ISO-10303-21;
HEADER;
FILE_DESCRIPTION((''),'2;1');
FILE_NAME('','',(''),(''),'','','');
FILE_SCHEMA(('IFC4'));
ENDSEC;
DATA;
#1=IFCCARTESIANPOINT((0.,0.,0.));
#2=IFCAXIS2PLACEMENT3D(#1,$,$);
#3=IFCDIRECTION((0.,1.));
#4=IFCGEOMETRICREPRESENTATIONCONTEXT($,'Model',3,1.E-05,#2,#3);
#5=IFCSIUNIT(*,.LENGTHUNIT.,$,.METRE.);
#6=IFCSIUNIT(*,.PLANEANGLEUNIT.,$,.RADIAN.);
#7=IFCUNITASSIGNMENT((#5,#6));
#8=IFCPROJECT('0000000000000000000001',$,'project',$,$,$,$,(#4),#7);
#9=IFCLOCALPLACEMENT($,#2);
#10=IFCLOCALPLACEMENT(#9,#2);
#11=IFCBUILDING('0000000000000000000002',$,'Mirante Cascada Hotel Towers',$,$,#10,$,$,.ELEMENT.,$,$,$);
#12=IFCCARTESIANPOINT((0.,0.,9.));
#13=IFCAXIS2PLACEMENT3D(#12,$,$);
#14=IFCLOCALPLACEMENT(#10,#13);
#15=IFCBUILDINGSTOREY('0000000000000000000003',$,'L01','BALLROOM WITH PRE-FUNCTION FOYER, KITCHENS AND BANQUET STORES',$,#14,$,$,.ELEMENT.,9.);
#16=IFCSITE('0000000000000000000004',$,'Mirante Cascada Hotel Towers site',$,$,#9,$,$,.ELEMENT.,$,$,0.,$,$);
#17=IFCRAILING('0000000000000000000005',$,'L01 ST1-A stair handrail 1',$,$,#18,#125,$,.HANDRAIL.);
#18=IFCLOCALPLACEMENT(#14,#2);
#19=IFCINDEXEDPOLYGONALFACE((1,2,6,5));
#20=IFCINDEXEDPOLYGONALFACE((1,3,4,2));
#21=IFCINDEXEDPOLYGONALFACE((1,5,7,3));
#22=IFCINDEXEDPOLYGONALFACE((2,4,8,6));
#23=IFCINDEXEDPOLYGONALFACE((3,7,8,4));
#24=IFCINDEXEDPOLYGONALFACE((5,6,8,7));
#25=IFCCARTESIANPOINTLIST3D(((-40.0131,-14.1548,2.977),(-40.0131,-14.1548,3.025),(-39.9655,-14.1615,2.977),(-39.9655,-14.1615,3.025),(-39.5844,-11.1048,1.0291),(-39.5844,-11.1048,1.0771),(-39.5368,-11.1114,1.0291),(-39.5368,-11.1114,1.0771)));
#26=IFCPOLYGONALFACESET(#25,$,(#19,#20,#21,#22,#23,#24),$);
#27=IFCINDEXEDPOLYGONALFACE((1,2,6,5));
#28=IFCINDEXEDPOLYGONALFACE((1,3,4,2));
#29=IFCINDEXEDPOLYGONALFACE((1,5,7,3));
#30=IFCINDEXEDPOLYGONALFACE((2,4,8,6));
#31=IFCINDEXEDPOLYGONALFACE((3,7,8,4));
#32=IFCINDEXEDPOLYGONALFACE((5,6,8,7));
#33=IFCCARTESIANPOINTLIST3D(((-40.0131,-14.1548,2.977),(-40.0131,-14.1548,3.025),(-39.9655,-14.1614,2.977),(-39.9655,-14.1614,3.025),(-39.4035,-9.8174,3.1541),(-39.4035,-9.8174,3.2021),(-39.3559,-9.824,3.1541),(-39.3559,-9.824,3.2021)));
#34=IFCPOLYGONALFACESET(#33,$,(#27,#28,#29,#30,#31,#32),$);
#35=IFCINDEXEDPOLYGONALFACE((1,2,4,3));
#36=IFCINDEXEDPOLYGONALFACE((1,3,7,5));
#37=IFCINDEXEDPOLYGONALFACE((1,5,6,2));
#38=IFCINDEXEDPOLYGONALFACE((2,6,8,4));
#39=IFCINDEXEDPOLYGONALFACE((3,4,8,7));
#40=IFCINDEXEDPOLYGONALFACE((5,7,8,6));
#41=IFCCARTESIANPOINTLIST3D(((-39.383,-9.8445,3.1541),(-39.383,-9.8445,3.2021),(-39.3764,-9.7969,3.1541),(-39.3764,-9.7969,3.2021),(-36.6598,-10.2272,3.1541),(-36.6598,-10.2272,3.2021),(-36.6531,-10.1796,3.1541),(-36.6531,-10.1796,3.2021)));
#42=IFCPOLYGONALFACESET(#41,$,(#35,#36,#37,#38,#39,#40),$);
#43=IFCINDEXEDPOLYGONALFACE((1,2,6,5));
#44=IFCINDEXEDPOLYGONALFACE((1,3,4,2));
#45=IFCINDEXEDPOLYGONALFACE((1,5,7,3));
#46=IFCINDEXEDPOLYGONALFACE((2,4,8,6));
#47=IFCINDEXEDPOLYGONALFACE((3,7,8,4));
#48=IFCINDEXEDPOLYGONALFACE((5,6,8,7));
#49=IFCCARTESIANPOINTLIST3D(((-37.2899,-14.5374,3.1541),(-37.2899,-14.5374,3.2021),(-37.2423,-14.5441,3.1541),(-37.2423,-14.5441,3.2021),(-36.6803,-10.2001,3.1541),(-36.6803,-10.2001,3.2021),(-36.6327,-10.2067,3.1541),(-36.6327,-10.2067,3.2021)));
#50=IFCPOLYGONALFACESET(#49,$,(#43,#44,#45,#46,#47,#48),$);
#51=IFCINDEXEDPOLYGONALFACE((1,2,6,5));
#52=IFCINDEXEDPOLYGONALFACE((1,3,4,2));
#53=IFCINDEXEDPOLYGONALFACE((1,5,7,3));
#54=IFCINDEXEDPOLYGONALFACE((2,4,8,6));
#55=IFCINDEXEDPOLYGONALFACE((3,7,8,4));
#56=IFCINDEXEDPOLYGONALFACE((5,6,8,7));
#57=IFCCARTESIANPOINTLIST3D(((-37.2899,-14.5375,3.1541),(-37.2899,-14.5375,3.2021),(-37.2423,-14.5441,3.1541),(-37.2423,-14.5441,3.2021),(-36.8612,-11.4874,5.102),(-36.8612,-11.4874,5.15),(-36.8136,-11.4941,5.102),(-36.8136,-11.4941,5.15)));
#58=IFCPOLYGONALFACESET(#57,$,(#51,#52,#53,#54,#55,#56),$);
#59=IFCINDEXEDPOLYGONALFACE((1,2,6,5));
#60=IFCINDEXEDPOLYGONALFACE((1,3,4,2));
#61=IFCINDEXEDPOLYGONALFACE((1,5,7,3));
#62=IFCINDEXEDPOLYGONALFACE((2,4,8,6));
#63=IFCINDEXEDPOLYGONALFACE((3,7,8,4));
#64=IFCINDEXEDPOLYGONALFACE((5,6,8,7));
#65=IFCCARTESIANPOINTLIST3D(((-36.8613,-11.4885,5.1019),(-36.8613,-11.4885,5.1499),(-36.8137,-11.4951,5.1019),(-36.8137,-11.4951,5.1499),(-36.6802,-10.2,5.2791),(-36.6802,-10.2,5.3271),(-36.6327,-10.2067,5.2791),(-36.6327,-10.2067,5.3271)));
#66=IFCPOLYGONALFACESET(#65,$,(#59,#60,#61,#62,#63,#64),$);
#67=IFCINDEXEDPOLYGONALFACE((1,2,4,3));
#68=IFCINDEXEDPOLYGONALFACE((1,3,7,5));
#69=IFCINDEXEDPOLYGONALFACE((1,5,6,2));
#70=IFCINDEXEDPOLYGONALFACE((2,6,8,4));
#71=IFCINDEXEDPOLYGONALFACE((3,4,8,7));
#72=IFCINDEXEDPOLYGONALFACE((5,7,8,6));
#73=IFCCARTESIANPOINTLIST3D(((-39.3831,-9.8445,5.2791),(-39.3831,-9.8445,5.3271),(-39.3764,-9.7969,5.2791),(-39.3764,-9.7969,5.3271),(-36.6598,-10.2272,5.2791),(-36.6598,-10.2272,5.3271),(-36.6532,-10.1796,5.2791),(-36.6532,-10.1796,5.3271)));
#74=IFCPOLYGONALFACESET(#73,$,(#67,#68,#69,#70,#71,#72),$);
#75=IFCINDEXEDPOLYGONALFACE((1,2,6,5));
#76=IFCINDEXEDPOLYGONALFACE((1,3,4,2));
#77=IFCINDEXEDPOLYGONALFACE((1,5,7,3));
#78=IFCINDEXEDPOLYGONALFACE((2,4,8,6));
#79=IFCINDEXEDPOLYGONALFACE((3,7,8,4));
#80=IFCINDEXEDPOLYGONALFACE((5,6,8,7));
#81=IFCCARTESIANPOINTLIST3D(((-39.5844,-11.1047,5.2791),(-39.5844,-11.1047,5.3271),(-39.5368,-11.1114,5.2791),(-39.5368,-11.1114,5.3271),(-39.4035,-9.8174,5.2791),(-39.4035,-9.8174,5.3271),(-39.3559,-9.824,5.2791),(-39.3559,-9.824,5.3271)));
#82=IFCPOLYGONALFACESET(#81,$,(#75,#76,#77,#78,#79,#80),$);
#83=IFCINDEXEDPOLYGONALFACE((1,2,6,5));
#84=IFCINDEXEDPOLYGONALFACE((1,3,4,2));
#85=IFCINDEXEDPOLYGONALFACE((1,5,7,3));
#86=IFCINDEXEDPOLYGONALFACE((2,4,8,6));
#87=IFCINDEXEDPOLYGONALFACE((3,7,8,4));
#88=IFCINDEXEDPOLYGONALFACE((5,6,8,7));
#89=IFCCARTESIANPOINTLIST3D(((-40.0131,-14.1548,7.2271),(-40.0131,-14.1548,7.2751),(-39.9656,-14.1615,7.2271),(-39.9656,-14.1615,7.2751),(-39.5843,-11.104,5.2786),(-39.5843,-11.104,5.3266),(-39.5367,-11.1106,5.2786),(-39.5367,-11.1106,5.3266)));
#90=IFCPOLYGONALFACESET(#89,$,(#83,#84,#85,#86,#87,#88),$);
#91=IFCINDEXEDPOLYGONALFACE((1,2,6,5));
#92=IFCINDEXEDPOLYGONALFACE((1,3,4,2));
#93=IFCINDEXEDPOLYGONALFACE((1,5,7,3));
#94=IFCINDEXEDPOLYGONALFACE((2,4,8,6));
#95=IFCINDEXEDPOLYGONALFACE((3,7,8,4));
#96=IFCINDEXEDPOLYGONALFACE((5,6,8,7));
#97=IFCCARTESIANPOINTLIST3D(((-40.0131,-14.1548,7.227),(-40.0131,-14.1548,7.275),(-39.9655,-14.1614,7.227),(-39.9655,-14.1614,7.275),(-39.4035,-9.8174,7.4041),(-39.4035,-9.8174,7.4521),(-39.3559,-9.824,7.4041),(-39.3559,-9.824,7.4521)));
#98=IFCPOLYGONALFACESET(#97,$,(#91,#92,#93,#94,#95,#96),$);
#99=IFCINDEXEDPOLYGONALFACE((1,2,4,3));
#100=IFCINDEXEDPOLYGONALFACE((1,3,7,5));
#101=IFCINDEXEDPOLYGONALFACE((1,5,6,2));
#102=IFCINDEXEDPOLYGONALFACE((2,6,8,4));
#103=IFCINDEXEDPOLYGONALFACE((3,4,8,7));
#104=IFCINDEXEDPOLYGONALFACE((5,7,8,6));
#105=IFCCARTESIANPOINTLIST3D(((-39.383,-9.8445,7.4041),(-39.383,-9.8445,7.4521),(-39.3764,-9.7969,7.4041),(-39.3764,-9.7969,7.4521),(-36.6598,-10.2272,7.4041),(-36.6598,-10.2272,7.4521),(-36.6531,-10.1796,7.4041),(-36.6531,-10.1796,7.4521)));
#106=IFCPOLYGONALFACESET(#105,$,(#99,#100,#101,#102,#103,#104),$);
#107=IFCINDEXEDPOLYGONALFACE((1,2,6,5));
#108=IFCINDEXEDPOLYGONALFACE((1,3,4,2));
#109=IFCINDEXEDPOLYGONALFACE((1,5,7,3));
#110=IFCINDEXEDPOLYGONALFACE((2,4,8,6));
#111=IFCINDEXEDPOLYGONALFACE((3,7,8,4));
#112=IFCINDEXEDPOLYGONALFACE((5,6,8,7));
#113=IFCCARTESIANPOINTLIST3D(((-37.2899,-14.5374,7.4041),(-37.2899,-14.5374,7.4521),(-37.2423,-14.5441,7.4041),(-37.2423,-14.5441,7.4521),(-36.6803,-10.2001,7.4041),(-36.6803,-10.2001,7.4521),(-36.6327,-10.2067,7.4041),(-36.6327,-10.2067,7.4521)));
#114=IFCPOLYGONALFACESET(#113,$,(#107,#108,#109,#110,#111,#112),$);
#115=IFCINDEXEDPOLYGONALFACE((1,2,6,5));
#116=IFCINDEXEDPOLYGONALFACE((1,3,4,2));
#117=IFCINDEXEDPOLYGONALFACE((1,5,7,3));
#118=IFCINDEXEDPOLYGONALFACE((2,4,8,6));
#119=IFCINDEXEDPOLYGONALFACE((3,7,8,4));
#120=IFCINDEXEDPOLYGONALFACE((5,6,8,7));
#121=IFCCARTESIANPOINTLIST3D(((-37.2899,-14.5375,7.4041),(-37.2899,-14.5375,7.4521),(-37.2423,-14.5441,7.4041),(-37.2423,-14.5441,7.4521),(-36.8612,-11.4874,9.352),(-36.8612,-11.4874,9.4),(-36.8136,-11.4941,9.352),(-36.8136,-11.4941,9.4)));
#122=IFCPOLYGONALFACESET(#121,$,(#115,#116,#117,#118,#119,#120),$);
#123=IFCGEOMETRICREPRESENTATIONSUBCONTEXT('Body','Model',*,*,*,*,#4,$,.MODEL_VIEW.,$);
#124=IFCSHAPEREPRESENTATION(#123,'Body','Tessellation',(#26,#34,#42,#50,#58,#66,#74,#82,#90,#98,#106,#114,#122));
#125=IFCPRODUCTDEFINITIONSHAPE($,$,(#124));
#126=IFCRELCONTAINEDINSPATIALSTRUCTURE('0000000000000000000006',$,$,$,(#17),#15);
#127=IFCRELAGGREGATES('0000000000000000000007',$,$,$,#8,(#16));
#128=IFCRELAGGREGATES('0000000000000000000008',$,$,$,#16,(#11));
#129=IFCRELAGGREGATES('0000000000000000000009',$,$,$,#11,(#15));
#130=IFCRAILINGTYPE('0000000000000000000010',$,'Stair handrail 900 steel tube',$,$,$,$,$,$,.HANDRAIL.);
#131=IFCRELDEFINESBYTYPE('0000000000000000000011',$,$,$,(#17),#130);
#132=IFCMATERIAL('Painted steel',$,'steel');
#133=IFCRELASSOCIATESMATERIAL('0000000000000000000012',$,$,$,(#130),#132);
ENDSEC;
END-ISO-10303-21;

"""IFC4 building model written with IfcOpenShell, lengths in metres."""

from ifc_helpers import new_model, si_unit, direction, frame, origin, origin_2d, place, context, subcontext, project, spatial, rectangle, extrude, material, type_object, element, save


model = new_model("IFC4")

# Units and contexts
model_context = context("Model", 3, precision=1e-05, world=origin(), true_north=direction((0.0, 1.0)))
body_context = subcontext(model_context, "Body", "Model", "MODEL_VIEW")
ifc_project = project(units=[si_unit("LENGTHUNIT", "METRE"), si_unit("PLANEANGLEUNIT", "RADIAN")], contexts=[model_context])

# Site, building, storey
site_placement = place(None, origin())
site = spatial("IfcSite", under=ifc_project, at=site_placement, Name="Mirante Cascada Hotel Towers site", CompositionType="ELEMENT", RefElevation=0.0)
building_placement = place(site_placement, origin())
building = spatial("IfcBuilding", under=site, at=building_placement, Name="Mirante Cascada Hotel Towers", CompositionType="ELEMENT")
storey_placement = place(building_placement, frame((0.0, 0.0, 9.0)))
storey = spatial("IfcBuildingStorey", under=building, at=storey_placement, Name="L01", Description="BALLROOM WITH PRE-FUNCTION FOYER, KITCHENS AND BANQUET STORES", CompositionType="ELEMENT", Elevation=9.0)

# Railing
ifc_material_1 = material(Name="Painted steel", Category="steel")
railing_type_1 = type_object("IfcRailingType", Name="Stair handrail 900 steel tube", PredefinedType="HANDRAIL", material=ifc_material_1)
railing_1_placement = place(storey_placement, frame((-39.5606, -11.1081, 0.1771)))
element("IfcRailing", 1, at=railing_1_placement, inside=storey, type_object=railing_type_1, Name="L01 ST1-A stair handrail 1", PredefinedType="HANDRAIL", context=body_context, shape_type="SweptSolid", body=[
    extrude(rectangle(XDim=0.048, YDim=0.048, at=origin_2d()), frame((0.0, 0.0, 0.876), z_axis=(-0.139189, -0.990266, 0.0), x_axis=(0.990266, -0.139189, 0.0)), (0.0, 0.534512, 0.845161), 3.6443),
    extrude(rectangle(XDim=0.048, YDim=0.048, at=origin_2d()), frame((-0.4287, -3.05, 2.8239), z_axis=(0.139177, 0.990267, 0.0), x_axis=(-0.990267, 0.139177, 0.0)), (0.0, 0.0404, 0.999184), 4.3836),
    extrude(rectangle(XDim=0.048, YDim=0.048, at=origin_2d()), frame((0.1809, 1.2874, 3.001), z_axis=(0.990269, -0.139166, 0.0), x_axis=(0.139166, 0.990269, 0.0)), (0.0, 0.0, 1.0), 2.75),
    extrude(rectangle(XDim=0.048, YDim=0.048, at=origin_2d()), frame((2.9041, 0.9047, 3.001), z_axis=(-0.139177, -0.990267, 0.0), x_axis=(0.990267, -0.139177, 0.0)), (0.0, 0.0, 1.0), 4.38),
    extrude(rectangle(XDim=0.048, YDim=0.048, at=origin_2d()), frame((2.2945, -3.4327, 3.001), z_axis=(0.139189, 0.990266, 0.0), x_axis=(-0.990266, 0.139189, 0.0)), (0.0, 0.534512, 0.845161), 3.6443),
    extrude(rectangle(XDim=0.048, YDim=0.048, at=origin_2d()), frame((2.7231, -0.3837, 4.9488), z_axis=(0.139149, 0.990271, 0.0), x_axis=(-0.990271, 0.139149, 0.0)), (0.0, 0.134979, 0.990848), 1.3131),
    extrude(rectangle(XDim=0.048, YDim=0.048, at=origin_2d()), frame((2.9041, 0.9047, 5.126), z_axis=(-0.990269, 0.139166, 0.0), x_axis=(-0.139166, -0.990269, 0.0)), (0.0, 0.0, 1.0), 2.75),
    extrude(rectangle(XDim=0.048, YDim=0.048, at=origin_2d()), frame((0.1809, 1.2874, 5.126), z_axis=(-0.139149, -0.990271, 0.0), x_axis=(0.990271, -0.139149, 0.0)), (0.0, 0.0, 1.0), 1.3),
    extrude(rectangle(XDim=0.048, YDim=0.048, at=origin_2d()), frame((0.0001, 0.0008, 5.1255), z_axis=(-0.139189, -0.990266, 0.0), x_axis=(0.990266, -0.139189, 0.0)), (0.0, 0.534512, 0.845161), 3.6453),
    extrude(rectangle(XDim=0.048, YDim=0.048, at=origin_2d()), frame((-0.4287, -3.05, 7.0739), z_axis=(0.139177, 0.990267, 0.0), x_axis=(-0.990267, 0.139177, 0.0)), (0.0, 0.0404, 0.999184), 4.3836),
    extrude(rectangle(XDim=0.048, YDim=0.048, at=origin_2d()), frame((0.1809, 1.2874, 7.251), z_axis=(0.990269, -0.139166, 0.0), x_axis=(0.139166, 0.990269, 0.0)), (0.0, 0.0, 1.0), 2.75),
    extrude(rectangle(XDim=0.048, YDim=0.048, at=origin_2d()), frame((2.9041, 0.9047, 7.251), z_axis=(-0.139177, -0.990267, 0.0), x_axis=(0.990267, -0.139177, 0.0)), (0.0, 0.0, 1.0), 4.38),
    extrude(rectangle(XDim=0.048, YDim=0.048, at=origin_2d()), frame((2.2945, -3.4327, 7.251), z_axis=(0.139189, 0.990266, 0.0), x_axis=(-0.990266, 0.139189, 0.0)), (0.0, 0.534512, 0.845161), 3.6443),
])

save(model, "model.ifc")
